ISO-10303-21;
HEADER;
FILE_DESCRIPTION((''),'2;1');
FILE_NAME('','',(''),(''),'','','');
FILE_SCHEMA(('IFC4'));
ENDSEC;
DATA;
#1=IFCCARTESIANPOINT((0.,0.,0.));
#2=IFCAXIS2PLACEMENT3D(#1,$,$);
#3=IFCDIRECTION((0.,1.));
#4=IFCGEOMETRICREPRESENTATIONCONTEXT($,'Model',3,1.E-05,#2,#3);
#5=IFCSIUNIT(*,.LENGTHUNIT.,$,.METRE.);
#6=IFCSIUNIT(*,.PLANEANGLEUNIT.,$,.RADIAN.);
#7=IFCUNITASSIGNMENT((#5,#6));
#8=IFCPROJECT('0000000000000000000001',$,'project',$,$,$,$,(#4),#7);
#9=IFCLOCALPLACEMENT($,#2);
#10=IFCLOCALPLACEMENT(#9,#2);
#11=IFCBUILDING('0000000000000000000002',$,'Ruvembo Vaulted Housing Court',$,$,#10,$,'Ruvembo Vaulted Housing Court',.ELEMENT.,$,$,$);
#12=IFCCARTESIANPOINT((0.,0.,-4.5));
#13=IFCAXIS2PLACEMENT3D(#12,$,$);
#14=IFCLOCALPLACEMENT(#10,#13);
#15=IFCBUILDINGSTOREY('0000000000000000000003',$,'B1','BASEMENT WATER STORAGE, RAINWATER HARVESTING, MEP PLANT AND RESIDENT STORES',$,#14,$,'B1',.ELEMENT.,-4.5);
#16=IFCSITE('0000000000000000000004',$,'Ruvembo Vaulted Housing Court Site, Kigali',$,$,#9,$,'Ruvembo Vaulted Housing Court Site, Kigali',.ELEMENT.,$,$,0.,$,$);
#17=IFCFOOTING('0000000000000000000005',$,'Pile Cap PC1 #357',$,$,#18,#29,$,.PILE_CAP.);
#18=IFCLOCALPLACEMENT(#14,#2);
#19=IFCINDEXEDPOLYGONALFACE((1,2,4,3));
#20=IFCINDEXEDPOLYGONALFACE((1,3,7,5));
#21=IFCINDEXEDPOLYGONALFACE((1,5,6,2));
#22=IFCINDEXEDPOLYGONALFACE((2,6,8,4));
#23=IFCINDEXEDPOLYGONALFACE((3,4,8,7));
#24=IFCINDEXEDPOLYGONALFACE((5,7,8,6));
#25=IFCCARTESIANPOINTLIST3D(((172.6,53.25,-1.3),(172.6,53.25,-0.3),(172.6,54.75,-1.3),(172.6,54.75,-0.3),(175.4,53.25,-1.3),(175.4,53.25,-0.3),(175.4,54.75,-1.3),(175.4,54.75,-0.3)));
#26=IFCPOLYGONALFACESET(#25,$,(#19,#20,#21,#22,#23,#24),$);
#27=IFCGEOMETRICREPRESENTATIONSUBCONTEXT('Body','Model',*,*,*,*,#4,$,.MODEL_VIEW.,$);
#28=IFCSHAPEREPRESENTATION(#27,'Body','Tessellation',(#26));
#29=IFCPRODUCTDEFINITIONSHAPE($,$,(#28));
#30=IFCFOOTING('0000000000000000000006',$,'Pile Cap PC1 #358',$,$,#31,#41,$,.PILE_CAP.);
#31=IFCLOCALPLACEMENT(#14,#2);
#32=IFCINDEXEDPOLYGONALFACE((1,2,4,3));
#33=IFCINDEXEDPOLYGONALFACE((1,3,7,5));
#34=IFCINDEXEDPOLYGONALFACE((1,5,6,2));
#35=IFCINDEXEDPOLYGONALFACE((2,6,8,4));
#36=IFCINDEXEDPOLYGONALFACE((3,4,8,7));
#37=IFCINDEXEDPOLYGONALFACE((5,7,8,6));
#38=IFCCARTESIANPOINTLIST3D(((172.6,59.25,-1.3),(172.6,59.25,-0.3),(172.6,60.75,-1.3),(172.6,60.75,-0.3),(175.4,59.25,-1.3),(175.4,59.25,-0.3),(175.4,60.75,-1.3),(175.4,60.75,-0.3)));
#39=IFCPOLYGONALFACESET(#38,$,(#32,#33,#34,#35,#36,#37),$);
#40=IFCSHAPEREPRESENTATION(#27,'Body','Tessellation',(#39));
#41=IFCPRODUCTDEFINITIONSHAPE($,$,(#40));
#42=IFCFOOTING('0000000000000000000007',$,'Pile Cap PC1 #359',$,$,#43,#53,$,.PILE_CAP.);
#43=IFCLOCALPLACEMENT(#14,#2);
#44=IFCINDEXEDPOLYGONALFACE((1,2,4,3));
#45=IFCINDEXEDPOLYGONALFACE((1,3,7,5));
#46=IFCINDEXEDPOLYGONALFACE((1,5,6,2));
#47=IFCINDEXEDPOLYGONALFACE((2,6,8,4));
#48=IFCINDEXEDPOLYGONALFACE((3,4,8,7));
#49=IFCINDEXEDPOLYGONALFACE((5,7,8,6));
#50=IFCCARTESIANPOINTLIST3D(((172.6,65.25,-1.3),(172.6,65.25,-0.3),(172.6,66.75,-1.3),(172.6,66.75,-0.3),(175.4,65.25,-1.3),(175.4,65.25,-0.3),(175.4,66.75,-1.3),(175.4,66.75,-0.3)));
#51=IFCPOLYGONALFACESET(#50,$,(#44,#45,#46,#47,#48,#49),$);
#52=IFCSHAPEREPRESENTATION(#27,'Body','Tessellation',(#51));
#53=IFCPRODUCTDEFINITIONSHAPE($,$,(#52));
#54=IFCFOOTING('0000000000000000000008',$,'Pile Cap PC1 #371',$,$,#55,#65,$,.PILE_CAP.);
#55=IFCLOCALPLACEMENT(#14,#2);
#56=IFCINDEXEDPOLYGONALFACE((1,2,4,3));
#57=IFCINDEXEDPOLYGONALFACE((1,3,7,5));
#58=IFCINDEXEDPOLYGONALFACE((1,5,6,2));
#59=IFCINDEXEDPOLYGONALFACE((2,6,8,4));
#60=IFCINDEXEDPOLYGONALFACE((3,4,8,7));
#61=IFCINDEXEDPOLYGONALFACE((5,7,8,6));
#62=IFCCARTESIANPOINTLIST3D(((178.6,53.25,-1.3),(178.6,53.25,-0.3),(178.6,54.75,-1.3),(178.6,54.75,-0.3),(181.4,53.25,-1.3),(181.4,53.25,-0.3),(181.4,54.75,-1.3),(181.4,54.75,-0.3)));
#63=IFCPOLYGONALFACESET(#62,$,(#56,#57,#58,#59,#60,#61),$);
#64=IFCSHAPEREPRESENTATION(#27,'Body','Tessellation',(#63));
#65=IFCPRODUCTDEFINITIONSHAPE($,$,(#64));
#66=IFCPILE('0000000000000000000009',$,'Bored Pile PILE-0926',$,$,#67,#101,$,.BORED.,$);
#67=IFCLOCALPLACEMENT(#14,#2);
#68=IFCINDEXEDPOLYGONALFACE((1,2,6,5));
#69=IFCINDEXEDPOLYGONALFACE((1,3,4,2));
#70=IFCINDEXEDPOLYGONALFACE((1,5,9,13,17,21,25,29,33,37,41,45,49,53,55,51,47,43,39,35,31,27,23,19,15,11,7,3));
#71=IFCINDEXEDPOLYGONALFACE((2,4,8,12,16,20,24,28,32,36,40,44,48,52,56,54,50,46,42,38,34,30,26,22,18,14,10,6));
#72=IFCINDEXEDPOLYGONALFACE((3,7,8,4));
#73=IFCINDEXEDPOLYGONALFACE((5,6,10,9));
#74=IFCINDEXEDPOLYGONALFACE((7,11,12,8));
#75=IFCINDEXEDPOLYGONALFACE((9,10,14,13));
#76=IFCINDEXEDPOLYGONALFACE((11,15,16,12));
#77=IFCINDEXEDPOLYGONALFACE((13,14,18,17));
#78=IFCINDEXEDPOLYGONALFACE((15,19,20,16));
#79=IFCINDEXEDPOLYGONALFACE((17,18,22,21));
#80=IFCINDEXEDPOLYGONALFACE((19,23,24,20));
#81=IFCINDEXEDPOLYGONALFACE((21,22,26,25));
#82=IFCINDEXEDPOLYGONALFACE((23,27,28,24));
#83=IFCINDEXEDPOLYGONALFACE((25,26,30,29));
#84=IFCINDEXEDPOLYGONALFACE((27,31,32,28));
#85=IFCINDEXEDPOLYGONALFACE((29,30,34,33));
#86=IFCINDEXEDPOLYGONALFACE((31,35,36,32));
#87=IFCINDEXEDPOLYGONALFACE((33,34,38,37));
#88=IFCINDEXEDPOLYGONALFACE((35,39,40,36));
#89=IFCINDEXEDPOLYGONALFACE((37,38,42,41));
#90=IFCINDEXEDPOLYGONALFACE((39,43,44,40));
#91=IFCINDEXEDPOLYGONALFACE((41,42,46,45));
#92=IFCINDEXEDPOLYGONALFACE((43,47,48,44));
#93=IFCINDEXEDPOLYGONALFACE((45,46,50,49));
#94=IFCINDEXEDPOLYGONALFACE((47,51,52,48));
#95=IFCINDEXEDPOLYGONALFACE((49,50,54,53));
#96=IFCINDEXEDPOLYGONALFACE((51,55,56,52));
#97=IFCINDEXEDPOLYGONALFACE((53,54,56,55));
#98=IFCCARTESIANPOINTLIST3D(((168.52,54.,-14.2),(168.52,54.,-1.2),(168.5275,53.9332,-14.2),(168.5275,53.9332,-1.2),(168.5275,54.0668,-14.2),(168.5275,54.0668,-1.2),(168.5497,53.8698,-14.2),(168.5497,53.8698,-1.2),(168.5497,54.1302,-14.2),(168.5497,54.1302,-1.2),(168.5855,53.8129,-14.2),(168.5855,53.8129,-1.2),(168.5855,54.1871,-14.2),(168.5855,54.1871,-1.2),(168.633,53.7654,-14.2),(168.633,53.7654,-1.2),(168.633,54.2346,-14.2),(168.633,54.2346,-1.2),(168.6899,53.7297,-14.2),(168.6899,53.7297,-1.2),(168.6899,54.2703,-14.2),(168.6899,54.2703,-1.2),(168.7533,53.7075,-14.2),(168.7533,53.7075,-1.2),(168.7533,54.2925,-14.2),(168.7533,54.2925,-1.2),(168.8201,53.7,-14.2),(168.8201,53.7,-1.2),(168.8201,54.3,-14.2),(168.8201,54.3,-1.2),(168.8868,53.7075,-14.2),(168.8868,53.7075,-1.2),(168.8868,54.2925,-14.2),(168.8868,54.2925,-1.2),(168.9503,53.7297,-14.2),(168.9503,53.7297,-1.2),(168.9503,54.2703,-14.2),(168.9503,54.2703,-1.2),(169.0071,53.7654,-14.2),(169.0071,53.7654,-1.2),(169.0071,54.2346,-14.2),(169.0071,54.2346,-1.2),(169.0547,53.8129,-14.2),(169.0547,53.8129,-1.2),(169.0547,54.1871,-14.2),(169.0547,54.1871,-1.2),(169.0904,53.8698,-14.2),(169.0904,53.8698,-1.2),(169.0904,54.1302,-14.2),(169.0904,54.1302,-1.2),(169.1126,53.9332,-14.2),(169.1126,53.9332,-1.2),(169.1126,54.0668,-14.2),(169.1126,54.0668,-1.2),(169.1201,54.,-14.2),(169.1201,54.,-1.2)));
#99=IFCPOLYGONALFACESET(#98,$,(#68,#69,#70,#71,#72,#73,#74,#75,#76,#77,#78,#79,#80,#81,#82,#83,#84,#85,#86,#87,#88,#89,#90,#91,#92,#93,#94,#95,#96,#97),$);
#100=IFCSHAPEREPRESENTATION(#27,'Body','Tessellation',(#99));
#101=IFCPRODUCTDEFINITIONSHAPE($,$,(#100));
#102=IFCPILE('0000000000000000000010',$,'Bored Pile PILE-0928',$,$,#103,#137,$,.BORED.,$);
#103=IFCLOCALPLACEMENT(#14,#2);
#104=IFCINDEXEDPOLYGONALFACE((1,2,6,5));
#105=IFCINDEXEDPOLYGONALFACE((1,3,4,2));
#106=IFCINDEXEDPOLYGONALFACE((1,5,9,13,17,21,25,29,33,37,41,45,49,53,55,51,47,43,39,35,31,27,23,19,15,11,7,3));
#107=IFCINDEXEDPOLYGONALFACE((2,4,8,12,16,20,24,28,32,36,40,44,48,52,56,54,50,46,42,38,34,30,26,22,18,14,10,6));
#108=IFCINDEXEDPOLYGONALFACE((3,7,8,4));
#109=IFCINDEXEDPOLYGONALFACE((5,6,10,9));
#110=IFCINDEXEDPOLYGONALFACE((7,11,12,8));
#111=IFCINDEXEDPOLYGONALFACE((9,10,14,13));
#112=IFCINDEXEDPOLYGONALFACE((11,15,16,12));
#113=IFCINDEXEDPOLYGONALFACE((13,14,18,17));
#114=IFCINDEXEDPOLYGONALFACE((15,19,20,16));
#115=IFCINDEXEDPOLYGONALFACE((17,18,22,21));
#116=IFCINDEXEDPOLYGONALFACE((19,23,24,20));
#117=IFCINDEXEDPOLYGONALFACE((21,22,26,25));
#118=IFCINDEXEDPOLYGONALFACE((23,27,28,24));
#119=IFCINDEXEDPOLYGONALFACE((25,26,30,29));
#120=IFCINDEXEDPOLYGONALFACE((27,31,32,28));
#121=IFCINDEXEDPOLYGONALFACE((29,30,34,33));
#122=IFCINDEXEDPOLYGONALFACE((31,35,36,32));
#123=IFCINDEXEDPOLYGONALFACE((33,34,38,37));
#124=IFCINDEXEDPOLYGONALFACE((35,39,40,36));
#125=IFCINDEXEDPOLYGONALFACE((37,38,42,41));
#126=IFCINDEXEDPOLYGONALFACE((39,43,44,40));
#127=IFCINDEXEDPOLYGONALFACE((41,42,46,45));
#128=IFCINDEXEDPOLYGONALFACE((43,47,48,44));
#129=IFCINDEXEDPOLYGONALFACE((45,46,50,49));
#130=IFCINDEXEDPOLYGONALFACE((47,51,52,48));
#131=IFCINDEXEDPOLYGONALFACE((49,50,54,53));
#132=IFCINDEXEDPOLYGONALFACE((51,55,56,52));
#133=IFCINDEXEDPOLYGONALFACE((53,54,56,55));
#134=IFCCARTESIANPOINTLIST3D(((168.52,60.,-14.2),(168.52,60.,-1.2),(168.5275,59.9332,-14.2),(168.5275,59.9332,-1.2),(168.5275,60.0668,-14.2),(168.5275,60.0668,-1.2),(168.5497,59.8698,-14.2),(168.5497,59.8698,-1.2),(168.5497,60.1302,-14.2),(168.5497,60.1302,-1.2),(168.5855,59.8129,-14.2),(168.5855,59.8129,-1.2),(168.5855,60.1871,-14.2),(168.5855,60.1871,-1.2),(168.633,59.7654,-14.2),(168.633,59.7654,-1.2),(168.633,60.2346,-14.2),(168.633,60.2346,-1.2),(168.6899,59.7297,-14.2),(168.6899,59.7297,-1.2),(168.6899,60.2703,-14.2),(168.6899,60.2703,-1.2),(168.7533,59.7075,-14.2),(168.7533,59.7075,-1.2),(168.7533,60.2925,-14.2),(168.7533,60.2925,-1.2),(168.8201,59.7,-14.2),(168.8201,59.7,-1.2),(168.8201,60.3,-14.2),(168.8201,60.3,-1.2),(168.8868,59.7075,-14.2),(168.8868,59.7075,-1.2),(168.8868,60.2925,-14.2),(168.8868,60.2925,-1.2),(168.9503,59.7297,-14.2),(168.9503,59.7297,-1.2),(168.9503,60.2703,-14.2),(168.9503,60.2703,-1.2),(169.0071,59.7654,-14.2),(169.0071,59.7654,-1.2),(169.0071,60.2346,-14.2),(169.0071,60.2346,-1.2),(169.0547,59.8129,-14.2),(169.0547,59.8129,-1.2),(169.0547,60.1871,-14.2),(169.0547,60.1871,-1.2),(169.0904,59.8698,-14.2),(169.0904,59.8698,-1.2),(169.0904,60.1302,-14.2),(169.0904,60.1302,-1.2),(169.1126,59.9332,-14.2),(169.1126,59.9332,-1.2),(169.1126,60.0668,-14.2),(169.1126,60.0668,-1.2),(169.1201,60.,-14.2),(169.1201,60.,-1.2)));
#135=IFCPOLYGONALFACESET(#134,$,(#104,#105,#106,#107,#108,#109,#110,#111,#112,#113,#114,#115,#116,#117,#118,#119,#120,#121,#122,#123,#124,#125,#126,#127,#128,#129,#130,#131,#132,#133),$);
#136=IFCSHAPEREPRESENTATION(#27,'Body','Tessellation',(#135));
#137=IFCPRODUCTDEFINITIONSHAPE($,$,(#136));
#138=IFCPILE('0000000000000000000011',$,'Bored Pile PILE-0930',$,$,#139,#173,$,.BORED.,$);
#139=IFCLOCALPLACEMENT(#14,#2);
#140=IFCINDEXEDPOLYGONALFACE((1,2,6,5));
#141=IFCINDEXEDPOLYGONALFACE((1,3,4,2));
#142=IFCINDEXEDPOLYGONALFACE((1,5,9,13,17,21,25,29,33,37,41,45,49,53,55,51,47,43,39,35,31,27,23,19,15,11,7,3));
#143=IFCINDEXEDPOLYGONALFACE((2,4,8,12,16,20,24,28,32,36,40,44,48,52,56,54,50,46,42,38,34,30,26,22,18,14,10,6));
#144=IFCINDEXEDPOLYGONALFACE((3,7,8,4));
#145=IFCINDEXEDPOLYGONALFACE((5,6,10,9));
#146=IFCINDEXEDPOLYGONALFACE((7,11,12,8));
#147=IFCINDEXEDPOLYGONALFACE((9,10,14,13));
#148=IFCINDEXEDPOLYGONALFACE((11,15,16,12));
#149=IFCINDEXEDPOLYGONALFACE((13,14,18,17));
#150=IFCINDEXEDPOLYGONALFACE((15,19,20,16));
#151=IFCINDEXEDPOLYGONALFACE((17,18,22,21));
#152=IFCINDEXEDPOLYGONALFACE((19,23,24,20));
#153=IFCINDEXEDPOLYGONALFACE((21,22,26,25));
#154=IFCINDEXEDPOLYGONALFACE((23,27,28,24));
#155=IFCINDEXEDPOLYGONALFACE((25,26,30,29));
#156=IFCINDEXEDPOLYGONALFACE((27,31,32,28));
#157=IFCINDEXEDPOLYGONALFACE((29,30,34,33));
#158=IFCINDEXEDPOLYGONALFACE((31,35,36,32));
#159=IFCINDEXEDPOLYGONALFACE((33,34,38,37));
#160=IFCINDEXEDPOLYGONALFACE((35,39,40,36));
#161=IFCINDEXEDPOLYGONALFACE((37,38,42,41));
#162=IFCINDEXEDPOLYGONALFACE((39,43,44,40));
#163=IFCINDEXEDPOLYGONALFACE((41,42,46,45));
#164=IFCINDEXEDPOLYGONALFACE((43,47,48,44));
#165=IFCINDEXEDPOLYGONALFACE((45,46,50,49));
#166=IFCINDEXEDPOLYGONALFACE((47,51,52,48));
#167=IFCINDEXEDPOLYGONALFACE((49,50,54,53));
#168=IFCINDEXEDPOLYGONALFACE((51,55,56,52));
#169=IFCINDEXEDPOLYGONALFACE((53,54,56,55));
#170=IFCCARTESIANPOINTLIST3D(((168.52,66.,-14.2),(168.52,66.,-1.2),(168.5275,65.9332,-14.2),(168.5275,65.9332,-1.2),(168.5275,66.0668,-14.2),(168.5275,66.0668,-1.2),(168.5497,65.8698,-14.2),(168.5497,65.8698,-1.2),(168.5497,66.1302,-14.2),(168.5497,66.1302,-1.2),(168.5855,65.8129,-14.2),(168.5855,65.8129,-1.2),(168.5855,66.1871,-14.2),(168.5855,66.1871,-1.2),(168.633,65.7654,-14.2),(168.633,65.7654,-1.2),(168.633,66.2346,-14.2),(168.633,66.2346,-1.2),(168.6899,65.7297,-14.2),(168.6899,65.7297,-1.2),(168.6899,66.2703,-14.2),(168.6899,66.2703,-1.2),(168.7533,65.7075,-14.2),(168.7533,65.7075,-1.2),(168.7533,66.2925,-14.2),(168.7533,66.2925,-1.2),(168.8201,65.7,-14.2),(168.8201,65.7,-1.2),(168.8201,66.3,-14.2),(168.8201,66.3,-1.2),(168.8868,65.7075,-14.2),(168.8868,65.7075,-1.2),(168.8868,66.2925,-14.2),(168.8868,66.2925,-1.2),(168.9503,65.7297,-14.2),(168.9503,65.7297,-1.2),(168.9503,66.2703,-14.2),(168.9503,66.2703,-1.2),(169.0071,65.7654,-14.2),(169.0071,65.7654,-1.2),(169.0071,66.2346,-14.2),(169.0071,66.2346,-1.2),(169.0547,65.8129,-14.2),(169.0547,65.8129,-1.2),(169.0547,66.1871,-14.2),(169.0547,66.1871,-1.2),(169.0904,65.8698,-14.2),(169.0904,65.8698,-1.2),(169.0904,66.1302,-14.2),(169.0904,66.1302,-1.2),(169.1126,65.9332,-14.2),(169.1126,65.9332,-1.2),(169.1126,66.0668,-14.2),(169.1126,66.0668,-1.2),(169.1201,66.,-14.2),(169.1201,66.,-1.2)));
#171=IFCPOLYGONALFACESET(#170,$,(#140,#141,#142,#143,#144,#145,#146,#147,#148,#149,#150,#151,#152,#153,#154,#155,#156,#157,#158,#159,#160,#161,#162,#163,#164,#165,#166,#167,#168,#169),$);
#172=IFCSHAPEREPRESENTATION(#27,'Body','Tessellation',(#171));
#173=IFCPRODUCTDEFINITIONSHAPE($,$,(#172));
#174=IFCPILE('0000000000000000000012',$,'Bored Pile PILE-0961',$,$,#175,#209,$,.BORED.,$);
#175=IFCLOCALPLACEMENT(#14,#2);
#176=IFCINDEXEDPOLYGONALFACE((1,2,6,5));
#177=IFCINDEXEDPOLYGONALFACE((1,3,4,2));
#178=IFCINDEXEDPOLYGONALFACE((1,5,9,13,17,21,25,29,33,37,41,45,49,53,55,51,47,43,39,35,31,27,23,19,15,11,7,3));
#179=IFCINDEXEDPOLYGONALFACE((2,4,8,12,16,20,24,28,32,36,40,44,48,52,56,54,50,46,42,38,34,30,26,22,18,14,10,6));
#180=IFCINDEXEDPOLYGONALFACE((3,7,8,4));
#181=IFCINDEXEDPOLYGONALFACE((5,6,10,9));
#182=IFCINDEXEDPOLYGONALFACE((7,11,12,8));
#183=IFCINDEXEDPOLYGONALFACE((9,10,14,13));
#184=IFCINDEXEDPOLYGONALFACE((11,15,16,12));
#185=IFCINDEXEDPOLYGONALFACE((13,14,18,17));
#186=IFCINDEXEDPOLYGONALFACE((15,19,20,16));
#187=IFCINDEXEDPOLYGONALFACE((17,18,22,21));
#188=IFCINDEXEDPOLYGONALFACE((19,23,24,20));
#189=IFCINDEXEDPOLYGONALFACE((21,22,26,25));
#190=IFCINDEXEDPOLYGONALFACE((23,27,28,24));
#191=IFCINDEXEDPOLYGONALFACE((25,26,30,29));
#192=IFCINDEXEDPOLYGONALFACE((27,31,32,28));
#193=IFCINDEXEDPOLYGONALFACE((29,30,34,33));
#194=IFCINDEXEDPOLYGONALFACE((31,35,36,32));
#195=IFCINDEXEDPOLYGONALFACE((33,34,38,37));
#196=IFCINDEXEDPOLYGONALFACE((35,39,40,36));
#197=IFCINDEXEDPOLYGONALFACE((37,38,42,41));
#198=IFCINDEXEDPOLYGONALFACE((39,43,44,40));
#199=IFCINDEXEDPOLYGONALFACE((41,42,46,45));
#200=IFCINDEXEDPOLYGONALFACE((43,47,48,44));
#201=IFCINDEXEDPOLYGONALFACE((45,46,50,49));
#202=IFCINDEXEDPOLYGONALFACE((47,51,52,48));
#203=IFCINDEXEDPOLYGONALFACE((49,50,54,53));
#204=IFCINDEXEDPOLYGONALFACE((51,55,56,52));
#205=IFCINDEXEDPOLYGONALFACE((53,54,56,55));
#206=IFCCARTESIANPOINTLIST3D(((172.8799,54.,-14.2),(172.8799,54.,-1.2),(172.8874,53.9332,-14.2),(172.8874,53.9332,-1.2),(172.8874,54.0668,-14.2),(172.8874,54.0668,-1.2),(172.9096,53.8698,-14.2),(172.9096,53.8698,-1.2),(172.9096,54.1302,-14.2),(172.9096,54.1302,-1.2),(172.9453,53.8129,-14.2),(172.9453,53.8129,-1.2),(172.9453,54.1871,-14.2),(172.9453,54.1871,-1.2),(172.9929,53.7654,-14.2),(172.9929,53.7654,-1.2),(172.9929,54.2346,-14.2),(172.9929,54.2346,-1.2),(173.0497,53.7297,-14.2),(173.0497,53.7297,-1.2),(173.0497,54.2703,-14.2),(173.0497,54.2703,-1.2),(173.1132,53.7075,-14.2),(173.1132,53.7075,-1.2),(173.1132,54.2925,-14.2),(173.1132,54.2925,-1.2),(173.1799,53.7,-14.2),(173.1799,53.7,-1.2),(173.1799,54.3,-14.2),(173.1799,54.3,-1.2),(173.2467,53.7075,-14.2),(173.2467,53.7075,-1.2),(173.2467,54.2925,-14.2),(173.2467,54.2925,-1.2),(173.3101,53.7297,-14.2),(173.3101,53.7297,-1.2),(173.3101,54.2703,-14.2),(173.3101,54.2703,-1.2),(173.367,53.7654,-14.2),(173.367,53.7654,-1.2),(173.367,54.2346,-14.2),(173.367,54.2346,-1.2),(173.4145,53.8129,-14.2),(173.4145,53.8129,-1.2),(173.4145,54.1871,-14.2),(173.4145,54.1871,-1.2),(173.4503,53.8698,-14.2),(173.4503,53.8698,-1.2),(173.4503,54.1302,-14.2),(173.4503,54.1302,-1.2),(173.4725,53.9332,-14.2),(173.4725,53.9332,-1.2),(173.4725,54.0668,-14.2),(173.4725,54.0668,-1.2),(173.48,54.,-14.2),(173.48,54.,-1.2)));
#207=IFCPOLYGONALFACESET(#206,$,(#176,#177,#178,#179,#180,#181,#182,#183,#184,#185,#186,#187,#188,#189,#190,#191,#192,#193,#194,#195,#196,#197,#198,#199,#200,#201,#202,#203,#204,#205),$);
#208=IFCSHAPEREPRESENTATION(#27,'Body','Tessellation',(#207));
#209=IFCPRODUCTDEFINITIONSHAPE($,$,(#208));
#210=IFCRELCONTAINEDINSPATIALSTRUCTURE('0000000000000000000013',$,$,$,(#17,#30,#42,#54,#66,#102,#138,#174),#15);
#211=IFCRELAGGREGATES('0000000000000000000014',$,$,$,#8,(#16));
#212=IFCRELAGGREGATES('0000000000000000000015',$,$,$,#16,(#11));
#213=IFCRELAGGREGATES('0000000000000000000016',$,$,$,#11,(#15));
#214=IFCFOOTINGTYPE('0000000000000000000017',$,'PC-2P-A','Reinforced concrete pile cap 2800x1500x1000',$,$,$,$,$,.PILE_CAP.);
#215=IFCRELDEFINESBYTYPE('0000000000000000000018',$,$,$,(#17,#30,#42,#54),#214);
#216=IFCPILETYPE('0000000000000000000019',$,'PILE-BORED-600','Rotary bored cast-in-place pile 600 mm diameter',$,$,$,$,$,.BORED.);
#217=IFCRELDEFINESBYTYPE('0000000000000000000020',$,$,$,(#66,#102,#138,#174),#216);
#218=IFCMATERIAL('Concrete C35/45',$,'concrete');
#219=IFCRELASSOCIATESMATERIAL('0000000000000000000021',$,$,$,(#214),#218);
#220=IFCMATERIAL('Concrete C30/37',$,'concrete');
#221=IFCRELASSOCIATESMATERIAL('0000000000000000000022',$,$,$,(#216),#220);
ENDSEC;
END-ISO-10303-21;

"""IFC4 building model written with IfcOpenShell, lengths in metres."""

from ifc_helpers import new_model, si_unit, direction, frame, origin, origin_2d, place, context, subcontext, project, spatial, rectangle, circle, extrude, material, material_profile, profile_set, type_object, element, save


model = new_model("IFC4")

# Units and contexts
model_context = context("Model", 3, precision=1e-05, world=origin(), true_north=direction((0.0, 1.0)))
body_context = subcontext(model_context, "Body", "Model", "MODEL_VIEW")
ifc_project = project(units=[si_unit("LENGTHUNIT", "METRE"), si_unit("PLANEANGLEUNIT", "RADIAN")], contexts=[model_context])

# Site, building, storey
site_placement = place(None, origin())
site = spatial("IfcSite", under=ifc_project, at=site_placement, Name="Ruvembo Vaulted Housing Court Site, Kigali", LongName="Ruvembo Vaulted Housing Court Site, Kigali", CompositionType="ELEMENT", RefElevation=0.0)
building_placement = place(site_placement, origin())
building = spatial("IfcBuilding", under=site, at=building_placement, Name="Ruvembo Vaulted Housing Court", LongName="Ruvembo Vaulted Housing Court", CompositionType="ELEMENT")
storey_placement = place(building_placement, frame((0.0, 0.0, -4.5)))
storey = spatial("IfcBuildingStorey", under=building, at=storey_placement, Name="B1", Description="BASEMENT WATER STORAGE, RAINWATER HARVESTING, MEP PLANT AND RESIDENT STORES", LongName="B1", CompositionType="ELEMENT", Elevation=-4.5)

# Footings
ifc_material_1 = material(Name="Concrete C35/45", Category="concrete")
footing_type = type_object("IfcFootingType", Name="PC-2P-A", Description="Reinforced concrete pile cap 2800x1500x1000", PredefinedType="PILE_CAP", material=ifc_material_1)
for number, where, z_axis, x_axis, name in (
    (1, (174.0, 54.0, -1.3), (0.0, 0.0, 1.0), (1.0, 0.0, 0.0), "Pile Cap PC1 #357"),
    (2, (174.0, 60.0, -1.3), (0.0, 0.0, 1.0), (1.0, 0.0, 0.0), "Pile Cap PC1 #358"),
    (3, (174.0, 66.0, -1.3), (0.0, 0.0, 1.0), (1.0, 0.0, 0.0), "Pile Cap PC1 #359"),
    (4, (180.0, 54.0, -1.3), (0.0, 0.0, 1.0), (1.0, 0.0, 0.0), "Pile Cap PC1 #371"),
):
    element("IfcFooting", number, at=place(storey_placement, frame(where, z_axis=z_axis, x_axis=x_axis)), inside=storey, type_object=footing_type, Name=name, PredefinedType="PILE_CAP", context=body_context, shape_type="SweptSolid", body=[
        extrude(rectangle(XDim=2.8, YDim=1.5, at=origin_2d()), origin(), (0.0, 0.0, 1.0), 1.0),
    ])

# Piles
ifc_material_2 = material(Name="Concrete C30/37", Category="concrete")
ifc_material_profile_1 = material_profile(ifc_material_2, circle(Radius=0.3, at=origin_2d()), Name="PILE D600")
ifc_profile_set_1 = profile_set([ifc_material_profile_1], Name="Concrete C30/37")
pile_type = type_object("IfcPileType", Name="PILE-BORED-600", Description="Rotary bored cast-in-place pile 600 mm diameter", PredefinedType="BORED", material=ifc_profile_set_1)
for number, where, z_axis, x_axis, name in (
    (5, (168.8201, 54.0, -1.2), (0.0, 0.0, -1.0), (1.0, 0.0, 0.0), "Bored Pile PILE-0926"),
    (6, (168.8201, 60.0, -1.2), (0.0, 0.0, -1.0), (1.0, 0.0, 0.0), "Bored Pile PILE-0928"),
    (7, (168.8201, 66.0, -1.2), (0.0, 0.0, -1.0), (1.0, 0.0, 0.0), "Bored Pile PILE-0930"),
    (8, (173.1799, 54.0, -1.2), (0.0, 0.0, -1.0), (1.0, 0.0, 0.0), "Bored Pile PILE-0961"),
):
    element("IfcPile", number, at=place(storey_placement, frame(where, z_axis=z_axis, x_axis=x_axis)), inside=storey, type_object=pile_type, Name=name, PredefinedType="BORED", context=body_context, shape_type="SweptSolid", body=[
        extrude(circle(Radius=0.3, at=origin_2d()), origin(), (0.0, 0.0, 1.0), 13.0),
    ])

save(model, "model.ifc")
